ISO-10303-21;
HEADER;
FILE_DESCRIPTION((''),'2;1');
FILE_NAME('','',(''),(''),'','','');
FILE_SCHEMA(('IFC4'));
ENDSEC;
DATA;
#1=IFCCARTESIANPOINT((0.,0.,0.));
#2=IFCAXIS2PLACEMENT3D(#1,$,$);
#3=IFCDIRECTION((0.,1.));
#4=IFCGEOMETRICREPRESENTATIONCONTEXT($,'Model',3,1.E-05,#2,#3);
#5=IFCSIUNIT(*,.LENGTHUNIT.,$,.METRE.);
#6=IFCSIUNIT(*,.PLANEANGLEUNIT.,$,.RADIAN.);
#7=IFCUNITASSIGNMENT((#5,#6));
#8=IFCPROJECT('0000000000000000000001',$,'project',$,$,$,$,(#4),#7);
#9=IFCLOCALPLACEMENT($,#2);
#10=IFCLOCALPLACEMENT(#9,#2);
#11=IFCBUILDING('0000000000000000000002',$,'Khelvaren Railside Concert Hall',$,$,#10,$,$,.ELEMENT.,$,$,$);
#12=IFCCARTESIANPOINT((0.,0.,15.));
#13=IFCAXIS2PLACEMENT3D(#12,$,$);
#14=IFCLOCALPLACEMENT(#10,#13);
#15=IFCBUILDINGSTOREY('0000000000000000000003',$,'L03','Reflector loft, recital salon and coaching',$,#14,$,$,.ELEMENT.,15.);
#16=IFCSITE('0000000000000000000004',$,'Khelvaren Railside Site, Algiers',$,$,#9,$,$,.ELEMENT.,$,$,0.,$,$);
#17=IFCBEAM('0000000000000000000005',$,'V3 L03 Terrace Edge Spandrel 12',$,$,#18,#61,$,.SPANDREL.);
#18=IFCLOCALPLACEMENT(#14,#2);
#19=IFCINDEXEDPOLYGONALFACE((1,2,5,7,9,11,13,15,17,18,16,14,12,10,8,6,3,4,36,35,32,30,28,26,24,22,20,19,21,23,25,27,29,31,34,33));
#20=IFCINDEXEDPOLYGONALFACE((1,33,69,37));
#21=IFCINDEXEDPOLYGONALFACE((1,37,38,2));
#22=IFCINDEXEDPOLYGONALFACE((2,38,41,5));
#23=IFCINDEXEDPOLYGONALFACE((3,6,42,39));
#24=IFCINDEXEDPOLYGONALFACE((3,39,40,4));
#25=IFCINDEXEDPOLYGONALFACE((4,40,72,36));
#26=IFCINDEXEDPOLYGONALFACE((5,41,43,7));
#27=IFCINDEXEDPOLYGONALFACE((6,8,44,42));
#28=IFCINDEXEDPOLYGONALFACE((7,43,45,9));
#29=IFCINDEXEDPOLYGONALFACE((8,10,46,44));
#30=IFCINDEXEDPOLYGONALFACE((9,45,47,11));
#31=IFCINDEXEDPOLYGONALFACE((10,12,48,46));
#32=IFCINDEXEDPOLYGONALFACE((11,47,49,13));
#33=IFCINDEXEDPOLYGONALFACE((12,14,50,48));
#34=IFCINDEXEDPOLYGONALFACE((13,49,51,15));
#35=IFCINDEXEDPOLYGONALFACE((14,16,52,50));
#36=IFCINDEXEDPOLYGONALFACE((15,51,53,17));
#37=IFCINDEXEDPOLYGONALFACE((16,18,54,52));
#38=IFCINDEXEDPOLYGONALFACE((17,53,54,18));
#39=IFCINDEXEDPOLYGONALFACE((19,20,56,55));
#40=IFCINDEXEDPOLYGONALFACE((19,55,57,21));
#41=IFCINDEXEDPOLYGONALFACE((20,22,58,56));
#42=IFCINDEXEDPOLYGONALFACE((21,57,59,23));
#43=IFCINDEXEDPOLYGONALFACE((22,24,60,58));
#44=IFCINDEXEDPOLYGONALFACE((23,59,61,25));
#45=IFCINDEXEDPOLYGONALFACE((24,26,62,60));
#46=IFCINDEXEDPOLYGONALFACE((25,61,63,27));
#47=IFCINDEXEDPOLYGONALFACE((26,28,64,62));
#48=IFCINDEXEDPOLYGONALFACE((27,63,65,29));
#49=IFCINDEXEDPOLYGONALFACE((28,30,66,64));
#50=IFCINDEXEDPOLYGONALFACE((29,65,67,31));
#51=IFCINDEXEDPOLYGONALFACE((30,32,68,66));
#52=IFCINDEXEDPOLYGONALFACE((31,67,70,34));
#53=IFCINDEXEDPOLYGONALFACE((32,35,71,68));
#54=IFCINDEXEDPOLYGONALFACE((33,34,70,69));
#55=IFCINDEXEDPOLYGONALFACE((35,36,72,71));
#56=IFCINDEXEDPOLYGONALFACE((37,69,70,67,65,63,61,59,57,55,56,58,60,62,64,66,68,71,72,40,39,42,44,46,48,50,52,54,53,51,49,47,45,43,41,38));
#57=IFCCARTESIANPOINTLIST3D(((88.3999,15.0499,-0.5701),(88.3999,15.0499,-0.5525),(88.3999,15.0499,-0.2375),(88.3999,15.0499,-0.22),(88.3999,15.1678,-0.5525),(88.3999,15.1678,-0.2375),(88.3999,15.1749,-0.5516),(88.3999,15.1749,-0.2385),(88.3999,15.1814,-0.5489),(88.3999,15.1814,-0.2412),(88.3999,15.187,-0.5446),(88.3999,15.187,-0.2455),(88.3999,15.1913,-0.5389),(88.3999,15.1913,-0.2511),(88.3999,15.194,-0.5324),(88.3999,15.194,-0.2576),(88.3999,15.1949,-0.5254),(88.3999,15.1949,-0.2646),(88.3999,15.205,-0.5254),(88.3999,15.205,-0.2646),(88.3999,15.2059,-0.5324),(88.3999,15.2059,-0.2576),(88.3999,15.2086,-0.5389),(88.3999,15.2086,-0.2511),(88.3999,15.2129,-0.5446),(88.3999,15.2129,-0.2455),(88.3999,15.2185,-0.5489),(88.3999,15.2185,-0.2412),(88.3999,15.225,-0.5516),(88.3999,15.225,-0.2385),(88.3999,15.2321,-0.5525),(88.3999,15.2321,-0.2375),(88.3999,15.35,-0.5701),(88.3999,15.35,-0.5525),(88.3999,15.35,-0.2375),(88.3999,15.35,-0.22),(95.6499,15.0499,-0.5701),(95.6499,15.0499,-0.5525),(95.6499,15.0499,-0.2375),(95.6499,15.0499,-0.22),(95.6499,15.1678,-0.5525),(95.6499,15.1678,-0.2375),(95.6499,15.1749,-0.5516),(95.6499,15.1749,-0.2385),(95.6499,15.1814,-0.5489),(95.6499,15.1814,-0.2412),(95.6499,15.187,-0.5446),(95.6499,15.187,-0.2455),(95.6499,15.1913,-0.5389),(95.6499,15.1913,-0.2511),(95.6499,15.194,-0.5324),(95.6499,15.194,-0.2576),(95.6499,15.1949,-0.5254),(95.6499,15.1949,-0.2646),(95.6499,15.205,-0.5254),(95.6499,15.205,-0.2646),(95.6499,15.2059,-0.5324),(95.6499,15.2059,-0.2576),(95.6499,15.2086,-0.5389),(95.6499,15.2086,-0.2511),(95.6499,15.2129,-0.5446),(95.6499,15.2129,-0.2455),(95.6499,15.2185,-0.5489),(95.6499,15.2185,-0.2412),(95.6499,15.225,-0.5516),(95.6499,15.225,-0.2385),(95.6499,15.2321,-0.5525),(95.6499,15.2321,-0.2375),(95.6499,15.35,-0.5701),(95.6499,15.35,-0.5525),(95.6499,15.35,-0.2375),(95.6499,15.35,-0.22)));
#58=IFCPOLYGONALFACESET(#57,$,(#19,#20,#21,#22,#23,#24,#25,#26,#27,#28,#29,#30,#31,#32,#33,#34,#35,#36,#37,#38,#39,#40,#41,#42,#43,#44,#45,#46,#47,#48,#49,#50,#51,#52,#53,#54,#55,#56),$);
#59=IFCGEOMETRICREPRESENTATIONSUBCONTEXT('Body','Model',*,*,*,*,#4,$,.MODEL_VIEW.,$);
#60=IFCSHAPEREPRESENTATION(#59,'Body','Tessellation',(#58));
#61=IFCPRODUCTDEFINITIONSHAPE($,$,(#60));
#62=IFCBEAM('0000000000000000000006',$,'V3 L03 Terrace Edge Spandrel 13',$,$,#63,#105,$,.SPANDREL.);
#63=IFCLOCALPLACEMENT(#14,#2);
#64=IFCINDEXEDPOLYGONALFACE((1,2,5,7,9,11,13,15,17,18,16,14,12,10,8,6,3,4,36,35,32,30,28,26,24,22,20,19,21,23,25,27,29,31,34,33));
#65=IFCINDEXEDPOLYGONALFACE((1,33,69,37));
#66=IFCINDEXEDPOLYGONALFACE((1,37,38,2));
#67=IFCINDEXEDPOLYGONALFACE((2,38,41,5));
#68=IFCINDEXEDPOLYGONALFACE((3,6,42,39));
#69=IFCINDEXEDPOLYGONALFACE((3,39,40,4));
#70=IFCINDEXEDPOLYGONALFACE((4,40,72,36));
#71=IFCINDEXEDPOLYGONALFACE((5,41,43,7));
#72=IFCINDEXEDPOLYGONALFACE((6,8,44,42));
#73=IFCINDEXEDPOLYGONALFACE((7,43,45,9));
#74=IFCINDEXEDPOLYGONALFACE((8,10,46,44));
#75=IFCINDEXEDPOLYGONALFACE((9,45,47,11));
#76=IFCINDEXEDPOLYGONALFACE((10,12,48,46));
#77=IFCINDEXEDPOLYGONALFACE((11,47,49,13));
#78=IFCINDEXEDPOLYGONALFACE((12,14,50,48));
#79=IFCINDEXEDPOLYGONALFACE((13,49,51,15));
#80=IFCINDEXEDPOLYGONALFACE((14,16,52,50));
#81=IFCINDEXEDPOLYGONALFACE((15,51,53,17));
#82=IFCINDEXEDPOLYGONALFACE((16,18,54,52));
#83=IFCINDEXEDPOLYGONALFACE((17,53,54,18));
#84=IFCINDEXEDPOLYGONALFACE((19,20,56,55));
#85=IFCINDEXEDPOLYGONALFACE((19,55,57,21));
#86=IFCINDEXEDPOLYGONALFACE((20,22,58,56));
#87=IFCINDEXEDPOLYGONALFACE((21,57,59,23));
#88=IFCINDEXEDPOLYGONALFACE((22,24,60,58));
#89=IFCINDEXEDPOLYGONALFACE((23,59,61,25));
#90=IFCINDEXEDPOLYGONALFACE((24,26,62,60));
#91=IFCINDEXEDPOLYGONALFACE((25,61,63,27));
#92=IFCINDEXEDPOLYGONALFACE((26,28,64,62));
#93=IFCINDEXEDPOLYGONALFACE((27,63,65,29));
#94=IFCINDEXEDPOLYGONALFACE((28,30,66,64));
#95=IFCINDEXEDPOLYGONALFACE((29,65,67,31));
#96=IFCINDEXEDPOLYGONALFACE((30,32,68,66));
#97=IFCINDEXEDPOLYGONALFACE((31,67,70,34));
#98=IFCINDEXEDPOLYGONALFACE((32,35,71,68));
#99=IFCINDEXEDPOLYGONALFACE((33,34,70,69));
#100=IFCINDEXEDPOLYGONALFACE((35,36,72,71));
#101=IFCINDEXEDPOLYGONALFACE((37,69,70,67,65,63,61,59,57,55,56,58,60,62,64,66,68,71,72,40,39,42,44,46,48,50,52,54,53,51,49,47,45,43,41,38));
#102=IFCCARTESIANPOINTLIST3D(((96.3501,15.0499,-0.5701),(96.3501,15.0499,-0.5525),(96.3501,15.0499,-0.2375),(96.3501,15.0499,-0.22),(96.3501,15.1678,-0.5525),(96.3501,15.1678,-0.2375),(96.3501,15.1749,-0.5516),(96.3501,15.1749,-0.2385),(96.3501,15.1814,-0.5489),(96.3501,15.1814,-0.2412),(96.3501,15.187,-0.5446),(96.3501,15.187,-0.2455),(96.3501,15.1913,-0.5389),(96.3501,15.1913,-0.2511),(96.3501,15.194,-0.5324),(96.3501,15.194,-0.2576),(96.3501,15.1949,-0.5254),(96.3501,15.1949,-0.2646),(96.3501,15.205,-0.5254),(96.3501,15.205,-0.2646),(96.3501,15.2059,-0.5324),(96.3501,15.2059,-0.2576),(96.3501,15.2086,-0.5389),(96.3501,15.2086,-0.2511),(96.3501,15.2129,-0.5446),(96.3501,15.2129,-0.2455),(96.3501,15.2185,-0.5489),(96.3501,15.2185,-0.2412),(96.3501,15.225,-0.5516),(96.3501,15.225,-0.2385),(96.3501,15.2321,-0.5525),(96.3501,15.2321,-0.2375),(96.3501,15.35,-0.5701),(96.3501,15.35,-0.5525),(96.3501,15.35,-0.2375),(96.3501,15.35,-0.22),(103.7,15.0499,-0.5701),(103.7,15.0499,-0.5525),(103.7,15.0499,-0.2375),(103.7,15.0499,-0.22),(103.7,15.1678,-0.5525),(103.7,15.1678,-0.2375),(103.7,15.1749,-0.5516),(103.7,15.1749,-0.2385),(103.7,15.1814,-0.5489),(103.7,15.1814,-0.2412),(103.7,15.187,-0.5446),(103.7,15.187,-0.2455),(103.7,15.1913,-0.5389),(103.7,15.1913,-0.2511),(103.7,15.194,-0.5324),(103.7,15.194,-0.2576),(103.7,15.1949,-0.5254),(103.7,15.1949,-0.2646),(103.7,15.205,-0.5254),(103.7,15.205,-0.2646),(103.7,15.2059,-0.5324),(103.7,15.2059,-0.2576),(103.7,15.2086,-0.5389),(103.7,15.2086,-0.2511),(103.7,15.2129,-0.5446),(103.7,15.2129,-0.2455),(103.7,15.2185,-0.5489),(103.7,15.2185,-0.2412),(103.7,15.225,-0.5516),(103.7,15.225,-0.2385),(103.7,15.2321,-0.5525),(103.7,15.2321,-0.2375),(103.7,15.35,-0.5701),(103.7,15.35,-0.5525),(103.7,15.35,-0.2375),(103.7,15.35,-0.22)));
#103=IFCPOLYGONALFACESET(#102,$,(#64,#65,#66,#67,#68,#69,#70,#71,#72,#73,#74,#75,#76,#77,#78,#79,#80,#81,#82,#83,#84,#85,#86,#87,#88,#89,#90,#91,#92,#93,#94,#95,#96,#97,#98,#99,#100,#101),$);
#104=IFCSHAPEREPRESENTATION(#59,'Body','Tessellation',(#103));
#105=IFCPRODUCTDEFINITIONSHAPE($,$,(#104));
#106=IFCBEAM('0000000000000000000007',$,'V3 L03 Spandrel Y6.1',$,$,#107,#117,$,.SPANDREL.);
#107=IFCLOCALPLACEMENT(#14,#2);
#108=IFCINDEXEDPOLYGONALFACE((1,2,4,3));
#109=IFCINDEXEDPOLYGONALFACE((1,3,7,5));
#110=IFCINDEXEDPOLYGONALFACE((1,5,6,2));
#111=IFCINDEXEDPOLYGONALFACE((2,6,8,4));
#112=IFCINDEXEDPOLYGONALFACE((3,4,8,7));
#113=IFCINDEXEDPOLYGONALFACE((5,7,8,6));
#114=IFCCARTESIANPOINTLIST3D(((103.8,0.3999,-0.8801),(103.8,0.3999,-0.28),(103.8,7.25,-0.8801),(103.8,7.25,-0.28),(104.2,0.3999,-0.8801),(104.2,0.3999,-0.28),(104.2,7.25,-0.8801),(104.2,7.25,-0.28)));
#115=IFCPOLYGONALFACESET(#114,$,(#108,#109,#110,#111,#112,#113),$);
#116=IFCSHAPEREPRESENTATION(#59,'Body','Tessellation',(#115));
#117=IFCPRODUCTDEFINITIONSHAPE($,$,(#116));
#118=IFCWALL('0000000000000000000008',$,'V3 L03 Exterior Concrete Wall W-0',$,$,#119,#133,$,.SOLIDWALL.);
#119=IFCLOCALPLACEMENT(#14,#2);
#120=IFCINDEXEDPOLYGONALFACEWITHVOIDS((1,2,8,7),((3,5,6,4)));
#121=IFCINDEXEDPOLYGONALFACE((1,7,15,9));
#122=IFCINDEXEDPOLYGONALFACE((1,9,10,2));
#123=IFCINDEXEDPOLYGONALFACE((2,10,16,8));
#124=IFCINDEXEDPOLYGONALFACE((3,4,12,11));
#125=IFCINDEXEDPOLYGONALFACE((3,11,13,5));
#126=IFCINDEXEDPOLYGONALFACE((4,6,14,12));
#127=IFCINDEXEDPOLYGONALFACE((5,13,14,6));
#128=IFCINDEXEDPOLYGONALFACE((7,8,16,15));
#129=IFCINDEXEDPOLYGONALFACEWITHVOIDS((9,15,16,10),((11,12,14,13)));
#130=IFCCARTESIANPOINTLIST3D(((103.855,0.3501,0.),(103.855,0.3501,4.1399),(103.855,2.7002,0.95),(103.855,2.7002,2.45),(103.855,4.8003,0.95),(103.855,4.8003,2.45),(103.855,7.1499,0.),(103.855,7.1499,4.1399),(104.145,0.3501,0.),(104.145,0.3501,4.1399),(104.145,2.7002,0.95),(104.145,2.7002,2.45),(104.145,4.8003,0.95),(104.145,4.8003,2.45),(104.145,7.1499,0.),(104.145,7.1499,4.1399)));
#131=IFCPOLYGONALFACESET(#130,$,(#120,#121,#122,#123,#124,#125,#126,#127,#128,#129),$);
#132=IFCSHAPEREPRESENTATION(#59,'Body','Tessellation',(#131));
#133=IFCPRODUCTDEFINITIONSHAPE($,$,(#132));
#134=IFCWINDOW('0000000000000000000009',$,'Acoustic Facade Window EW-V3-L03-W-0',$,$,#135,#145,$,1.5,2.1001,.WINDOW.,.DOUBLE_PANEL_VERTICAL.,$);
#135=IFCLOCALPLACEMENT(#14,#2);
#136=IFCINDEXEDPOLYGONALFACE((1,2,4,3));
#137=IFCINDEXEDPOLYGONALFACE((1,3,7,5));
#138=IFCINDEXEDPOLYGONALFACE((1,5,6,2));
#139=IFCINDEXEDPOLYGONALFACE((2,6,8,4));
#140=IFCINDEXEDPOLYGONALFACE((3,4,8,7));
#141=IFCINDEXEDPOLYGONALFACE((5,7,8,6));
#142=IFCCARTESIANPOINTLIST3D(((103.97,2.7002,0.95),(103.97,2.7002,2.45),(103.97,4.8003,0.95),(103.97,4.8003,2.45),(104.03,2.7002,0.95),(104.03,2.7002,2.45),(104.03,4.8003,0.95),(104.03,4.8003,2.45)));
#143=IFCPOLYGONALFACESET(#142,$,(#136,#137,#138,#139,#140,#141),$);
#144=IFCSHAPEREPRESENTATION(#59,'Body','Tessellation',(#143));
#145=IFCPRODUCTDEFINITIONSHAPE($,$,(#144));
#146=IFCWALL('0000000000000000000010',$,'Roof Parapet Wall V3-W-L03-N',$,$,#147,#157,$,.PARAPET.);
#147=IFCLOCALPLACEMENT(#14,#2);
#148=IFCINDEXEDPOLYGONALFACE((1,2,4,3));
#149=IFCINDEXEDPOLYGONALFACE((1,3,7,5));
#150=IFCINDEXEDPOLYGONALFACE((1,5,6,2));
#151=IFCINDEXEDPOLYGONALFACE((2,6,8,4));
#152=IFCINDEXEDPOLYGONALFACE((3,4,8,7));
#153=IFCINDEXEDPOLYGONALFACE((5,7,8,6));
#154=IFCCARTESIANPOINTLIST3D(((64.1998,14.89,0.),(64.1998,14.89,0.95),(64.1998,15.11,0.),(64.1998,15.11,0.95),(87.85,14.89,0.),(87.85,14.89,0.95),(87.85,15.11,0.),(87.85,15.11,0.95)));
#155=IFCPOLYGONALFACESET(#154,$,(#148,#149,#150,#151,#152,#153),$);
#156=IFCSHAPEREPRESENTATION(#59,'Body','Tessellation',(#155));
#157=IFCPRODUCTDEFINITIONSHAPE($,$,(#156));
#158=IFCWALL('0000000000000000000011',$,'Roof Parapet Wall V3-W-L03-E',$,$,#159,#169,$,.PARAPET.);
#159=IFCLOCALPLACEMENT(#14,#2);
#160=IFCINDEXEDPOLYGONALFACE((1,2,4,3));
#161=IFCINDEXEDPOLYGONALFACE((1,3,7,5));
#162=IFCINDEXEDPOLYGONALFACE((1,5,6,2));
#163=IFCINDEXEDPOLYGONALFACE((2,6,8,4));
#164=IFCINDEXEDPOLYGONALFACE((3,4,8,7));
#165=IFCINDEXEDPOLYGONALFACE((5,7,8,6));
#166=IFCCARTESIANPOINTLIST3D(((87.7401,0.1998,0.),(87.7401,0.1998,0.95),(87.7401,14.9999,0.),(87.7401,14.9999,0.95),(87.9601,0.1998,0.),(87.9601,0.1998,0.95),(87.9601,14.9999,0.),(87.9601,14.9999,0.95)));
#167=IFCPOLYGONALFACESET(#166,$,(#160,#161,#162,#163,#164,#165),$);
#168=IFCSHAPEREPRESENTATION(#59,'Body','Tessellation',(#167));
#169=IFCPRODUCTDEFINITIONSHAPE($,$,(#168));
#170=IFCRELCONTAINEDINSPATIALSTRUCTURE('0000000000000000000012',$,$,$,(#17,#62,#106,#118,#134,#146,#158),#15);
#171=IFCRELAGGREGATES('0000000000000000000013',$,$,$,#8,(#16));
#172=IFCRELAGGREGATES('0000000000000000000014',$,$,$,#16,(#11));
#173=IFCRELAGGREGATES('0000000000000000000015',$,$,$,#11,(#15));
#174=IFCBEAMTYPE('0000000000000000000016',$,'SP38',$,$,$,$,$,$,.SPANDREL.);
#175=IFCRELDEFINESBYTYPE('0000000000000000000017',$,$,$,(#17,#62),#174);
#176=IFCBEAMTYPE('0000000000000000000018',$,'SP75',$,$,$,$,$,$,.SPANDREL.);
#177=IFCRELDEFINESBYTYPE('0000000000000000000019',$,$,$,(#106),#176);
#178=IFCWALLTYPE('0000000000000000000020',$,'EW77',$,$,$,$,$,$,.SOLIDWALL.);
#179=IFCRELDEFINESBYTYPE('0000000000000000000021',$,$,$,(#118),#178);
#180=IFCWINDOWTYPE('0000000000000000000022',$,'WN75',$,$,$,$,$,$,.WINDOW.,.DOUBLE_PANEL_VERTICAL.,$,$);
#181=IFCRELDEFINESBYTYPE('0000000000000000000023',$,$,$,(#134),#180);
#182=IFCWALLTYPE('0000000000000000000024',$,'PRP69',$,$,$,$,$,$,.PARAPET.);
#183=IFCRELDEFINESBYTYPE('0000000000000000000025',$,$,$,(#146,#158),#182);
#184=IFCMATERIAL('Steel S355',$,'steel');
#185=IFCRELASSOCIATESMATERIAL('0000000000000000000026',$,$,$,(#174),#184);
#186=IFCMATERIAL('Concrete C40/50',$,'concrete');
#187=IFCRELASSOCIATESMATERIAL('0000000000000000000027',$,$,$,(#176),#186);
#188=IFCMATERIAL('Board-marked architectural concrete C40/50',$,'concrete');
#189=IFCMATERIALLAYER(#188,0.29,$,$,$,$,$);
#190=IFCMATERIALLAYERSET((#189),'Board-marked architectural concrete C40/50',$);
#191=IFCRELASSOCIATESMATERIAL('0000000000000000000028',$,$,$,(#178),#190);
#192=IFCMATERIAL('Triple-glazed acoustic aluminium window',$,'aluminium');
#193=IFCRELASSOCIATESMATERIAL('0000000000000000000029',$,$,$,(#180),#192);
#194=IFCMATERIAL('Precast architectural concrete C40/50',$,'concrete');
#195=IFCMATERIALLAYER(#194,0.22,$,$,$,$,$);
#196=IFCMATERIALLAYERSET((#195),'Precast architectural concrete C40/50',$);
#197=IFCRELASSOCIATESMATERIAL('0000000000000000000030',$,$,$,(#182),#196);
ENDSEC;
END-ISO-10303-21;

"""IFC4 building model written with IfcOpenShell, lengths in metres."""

from ifc_helpers import new_model, si_unit, direction, frame, frame_2d, origin, origin_2d, place, context, subcontext, project, spatial, rectangle, i_section, extrude, material, layer, layer_set, material_profile, profile_set, type_object, element, fill, save


model = new_model("IFC4")

# Units and contexts
model_context = context("Model", 3, precision=1e-05, world=origin(), true_north=direction((0.0, 1.0)))
body_context = subcontext(model_context, "Body", "Model", "MODEL_VIEW")
ifc_project = project(units=[si_unit("LENGTHUNIT", "METRE"), si_unit("PLANEANGLEUNIT", "RADIAN")], contexts=[model_context])

# Site, building, storey
site_placement = place(None, origin())
site = spatial("IfcSite", under=ifc_project, at=site_placement, Name="Khelvaren Railside Site, Algiers", CompositionType="ELEMENT", RefElevation=0.0)
building_placement = place(site_placement, origin())
building = spatial("IfcBuilding", under=site, at=building_placement, Name="Khelvaren Railside Concert Hall", CompositionType="ELEMENT")
storey_placement = place(building_placement, frame((0.0, 0.0, 15.0)))
storey = spatial("IfcBuildingStorey", under=building, at=storey_placement, Name="L03", Description="Reflector loft, recital salon and coaching", CompositionType="ELEMENT", Elevation=15.0)

# Beams
ifc_material_1 = material(Name="Steel S355", Category="steel")
ifc_material_profile_1 = material_profile(ifc_material_1, i_section(OverallWidth=0.3, OverallDepth=0.3501, WebThickness=0.01, FlangeThickness=0.0176, FilletRadius=0.0271, at=origin_2d()), Name="HEA 360")
ifc_profile_set_1 = profile_set([ifc_material_profile_1], Name="Steel S355")
beam_type_1 = type_object("IfcBeamType", Name="SP38", PredefinedType="SPANDREL", material=ifc_profile_set_1)
beam_1_placement = place(storey_placement, frame((88.3999, 15.2, -0.395), z_axis=(1.0, 0.0, 0.0), x_axis=(0.0, 1.0, 0.0)))
element("IfcBeam", 1, at=beam_1_placement, inside=storey, type_object=beam_type_1, Name="V3 L03 Terrace Edge Spandrel 12", PredefinedType="SPANDREL", context=body_context, shape_type="SweptSolid", body=[
    extrude(i_section(OverallWidth=0.3, OverallDepth=0.3501, WebThickness=0.01, FlangeThickness=0.0176, FilletRadius=0.0271, at=origin_2d()), origin(), (0.0, 0.0, 1.0), 7.25),
])
beam_2_placement = place(storey_placement, frame((96.3501, 15.2, -0.395), z_axis=(1.0, 0.0, 0.0), x_axis=(0.0, 1.0, 0.0)))
element("IfcBeam", 2, at=beam_2_placement, inside=storey, type_object=beam_type_1, Name="V3 L03 Terrace Edge Spandrel 13", PredefinedType="SPANDREL", context=body_context, shape_type="SweptSolid", body=[
    extrude(i_section(OverallWidth=0.3, OverallDepth=0.3501, WebThickness=0.01, FlangeThickness=0.0176, FilletRadius=0.0271, at=origin_2d()), origin(), (0.0, 0.0, 1.0), 7.3499),
])
ifc_material_2 = material(Name="Concrete C40/50", Category="concrete")
ifc_material_profile_2 = material_profile(ifc_material_2, rectangle(XDim=0.3999, YDim=0.6001, at=origin_2d()), Name="RCB 400x600")
ifc_profile_set_2 = profile_set([ifc_material_profile_2], Name="Concrete C40/50")
beam_type_2 = type_object("IfcBeamType", Name="SP75", PredefinedType="SPANDREL", material=ifc_profile_set_2)
beam_3_placement = place(storey_placement, frame((104.0, 0.3999, -0.5801), z_axis=(0.0, 1.0, 0.0), x_axis=(-1.0, 0.0, 0.0)))
element("IfcBeam", 3, at=beam_3_placement, inside=storey, type_object=beam_type_2, Name="V3 L03 Spandrel Y6.1", PredefinedType="SPANDREL", context=body_context, shape_type="SweptSolid", body=[
    extrude(rectangle(XDim=0.3999, YDim=0.6001, at=origin_2d()), origin(), (0.0, 0.0, 1.0), 6.8501),
])

# Wall, opening, window
ifc_material_3 = material(Name="Board-marked architectural concrete C40/50", Category="concrete")
ifc_layer_1 = layer(ifc_material_3, 0.29)
ifc_layer_set_1 = layer_set([ifc_layer_1], Name="Board-marked architectural concrete C40/50")
wall_type_1 = type_object("IfcWallType", Name="EW77", PredefinedType="SOLIDWALL", material=ifc_layer_set_1)
wall_1_placement = place(storey_placement, frame((104.0, 0.3501, 0.0), z_axis=(0.0, 0.0, 1.0), x_axis=(0.0, 1.0, 0.0)))
wall_1 = element("IfcWall", 4, at=wall_1_placement, inside=storey, type_object=wall_type_1, Name="V3 L03 Exterior Concrete Wall W-0", PredefinedType="SOLIDWALL", context=body_context, shape_type="SweptSolid", body=[
    extrude(rectangle(XDim=6.7998, YDim=0.29, at=frame_2d((3.3999, 0.0))), origin(), (0.0, 0.0, 1.0), 4.1399),
])
opening_placement = place(wall_1_placement, frame((2.3501, 0.0, 0.95)))
opening = element("IfcOpeningElement", 5, at=opening_placement, cuts=wall_1, PredefinedType="OPENING", context=body_context, shape_type="SweptSolid", body=[
    extrude(rectangle(XDim=2.1001, YDim=1.5, at=frame_2d((1.05, 0.75))), frame((0.0, 0.155, 0.0), z_axis=(0.0, -1.0, 0.0), x_axis=(1.0, 0.0, 0.0)), (0.0, 0.0, 1.0), 0.3101),
])
ifc_material_4 = material(Name="Triple-glazed acoustic aluminium window", Category="aluminium")
window_type = type_object("IfcWindowType", Name="WN75", PartitioningType="DOUBLE_PANEL_VERTICAL", PredefinedType="WINDOW", material=ifc_material_4)
window_placement = place(opening_placement, origin())
window = element("IfcWindow", 6, at=window_placement, inside=storey, type_object=window_type, Name="Acoustic Facade Window EW-V3-L03-W-0", OverallHeight=1.5, OverallWidth=2.1001, PartitioningType="DOUBLE_PANEL_VERTICAL", PredefinedType="WINDOW", context=body_context, shape_type="SweptSolid", body=[
    extrude(rectangle(XDim=2.1001, YDim=1.5, at=frame_2d((1.05, 0.75))), frame((0.0, 0.03, 0.0), z_axis=(0.0, -1.0, 0.0), x_axis=(1.0, 0.0, 0.0)), (0.0, 0.0, 1.0), 0.0601),
])
fill(opening, window)

# Walls
ifc_material_5 = material(Name="Precast architectural concrete C40/50", Category="concrete")
ifc_layer_2 = layer(ifc_material_5, 0.22)
ifc_layer_set_2 = layer_set([ifc_layer_2], Name="Precast architectural concrete C40/50")
wall_type_2 = type_object("IfcWallType", Name="PRP69", PredefinedType="PARAPET", material=ifc_layer_set_2)
wall_2_placement = place(storey_placement, frame((87.8501, 15.0, 0.0), z_axis=(0.0, 0.0, 1.0), x_axis=(-1.0, 0.0, 0.0)))
element("IfcWall", 7, at=wall_2_placement, inside=storey, type_object=wall_type_2, Name="Roof Parapet Wall V3-W-L03-N", PredefinedType="PARAPET", context=body_context, shape_type="SweptSolid", body=[
    extrude(rectangle(XDim=23.6501, YDim=0.22, at=frame_2d((11.8252, 0.0))), origin(), (0.0, 0.0, 1.0), 0.95),
])
wall_3_placement = place(storey_placement, frame((87.8501, 0.2, 0.0), z_axis=(0.0, 0.0, 1.0), x_axis=(0.0, 1.0, 0.0)))
element("IfcWall", 8, at=wall_3_placement, inside=storey, type_object=wall_type_2, Name="Roof Parapet Wall V3-W-L03-E", PredefinedType="PARAPET", context=body_context, shape_type="SweptSolid", body=[
    extrude(rectangle(XDim=14.8, YDim=0.22, at=frame_2d((7.3999, 0.0))), origin(), (0.0, 0.0, 1.0), 0.95),
])

save(model, "model.ifc")
